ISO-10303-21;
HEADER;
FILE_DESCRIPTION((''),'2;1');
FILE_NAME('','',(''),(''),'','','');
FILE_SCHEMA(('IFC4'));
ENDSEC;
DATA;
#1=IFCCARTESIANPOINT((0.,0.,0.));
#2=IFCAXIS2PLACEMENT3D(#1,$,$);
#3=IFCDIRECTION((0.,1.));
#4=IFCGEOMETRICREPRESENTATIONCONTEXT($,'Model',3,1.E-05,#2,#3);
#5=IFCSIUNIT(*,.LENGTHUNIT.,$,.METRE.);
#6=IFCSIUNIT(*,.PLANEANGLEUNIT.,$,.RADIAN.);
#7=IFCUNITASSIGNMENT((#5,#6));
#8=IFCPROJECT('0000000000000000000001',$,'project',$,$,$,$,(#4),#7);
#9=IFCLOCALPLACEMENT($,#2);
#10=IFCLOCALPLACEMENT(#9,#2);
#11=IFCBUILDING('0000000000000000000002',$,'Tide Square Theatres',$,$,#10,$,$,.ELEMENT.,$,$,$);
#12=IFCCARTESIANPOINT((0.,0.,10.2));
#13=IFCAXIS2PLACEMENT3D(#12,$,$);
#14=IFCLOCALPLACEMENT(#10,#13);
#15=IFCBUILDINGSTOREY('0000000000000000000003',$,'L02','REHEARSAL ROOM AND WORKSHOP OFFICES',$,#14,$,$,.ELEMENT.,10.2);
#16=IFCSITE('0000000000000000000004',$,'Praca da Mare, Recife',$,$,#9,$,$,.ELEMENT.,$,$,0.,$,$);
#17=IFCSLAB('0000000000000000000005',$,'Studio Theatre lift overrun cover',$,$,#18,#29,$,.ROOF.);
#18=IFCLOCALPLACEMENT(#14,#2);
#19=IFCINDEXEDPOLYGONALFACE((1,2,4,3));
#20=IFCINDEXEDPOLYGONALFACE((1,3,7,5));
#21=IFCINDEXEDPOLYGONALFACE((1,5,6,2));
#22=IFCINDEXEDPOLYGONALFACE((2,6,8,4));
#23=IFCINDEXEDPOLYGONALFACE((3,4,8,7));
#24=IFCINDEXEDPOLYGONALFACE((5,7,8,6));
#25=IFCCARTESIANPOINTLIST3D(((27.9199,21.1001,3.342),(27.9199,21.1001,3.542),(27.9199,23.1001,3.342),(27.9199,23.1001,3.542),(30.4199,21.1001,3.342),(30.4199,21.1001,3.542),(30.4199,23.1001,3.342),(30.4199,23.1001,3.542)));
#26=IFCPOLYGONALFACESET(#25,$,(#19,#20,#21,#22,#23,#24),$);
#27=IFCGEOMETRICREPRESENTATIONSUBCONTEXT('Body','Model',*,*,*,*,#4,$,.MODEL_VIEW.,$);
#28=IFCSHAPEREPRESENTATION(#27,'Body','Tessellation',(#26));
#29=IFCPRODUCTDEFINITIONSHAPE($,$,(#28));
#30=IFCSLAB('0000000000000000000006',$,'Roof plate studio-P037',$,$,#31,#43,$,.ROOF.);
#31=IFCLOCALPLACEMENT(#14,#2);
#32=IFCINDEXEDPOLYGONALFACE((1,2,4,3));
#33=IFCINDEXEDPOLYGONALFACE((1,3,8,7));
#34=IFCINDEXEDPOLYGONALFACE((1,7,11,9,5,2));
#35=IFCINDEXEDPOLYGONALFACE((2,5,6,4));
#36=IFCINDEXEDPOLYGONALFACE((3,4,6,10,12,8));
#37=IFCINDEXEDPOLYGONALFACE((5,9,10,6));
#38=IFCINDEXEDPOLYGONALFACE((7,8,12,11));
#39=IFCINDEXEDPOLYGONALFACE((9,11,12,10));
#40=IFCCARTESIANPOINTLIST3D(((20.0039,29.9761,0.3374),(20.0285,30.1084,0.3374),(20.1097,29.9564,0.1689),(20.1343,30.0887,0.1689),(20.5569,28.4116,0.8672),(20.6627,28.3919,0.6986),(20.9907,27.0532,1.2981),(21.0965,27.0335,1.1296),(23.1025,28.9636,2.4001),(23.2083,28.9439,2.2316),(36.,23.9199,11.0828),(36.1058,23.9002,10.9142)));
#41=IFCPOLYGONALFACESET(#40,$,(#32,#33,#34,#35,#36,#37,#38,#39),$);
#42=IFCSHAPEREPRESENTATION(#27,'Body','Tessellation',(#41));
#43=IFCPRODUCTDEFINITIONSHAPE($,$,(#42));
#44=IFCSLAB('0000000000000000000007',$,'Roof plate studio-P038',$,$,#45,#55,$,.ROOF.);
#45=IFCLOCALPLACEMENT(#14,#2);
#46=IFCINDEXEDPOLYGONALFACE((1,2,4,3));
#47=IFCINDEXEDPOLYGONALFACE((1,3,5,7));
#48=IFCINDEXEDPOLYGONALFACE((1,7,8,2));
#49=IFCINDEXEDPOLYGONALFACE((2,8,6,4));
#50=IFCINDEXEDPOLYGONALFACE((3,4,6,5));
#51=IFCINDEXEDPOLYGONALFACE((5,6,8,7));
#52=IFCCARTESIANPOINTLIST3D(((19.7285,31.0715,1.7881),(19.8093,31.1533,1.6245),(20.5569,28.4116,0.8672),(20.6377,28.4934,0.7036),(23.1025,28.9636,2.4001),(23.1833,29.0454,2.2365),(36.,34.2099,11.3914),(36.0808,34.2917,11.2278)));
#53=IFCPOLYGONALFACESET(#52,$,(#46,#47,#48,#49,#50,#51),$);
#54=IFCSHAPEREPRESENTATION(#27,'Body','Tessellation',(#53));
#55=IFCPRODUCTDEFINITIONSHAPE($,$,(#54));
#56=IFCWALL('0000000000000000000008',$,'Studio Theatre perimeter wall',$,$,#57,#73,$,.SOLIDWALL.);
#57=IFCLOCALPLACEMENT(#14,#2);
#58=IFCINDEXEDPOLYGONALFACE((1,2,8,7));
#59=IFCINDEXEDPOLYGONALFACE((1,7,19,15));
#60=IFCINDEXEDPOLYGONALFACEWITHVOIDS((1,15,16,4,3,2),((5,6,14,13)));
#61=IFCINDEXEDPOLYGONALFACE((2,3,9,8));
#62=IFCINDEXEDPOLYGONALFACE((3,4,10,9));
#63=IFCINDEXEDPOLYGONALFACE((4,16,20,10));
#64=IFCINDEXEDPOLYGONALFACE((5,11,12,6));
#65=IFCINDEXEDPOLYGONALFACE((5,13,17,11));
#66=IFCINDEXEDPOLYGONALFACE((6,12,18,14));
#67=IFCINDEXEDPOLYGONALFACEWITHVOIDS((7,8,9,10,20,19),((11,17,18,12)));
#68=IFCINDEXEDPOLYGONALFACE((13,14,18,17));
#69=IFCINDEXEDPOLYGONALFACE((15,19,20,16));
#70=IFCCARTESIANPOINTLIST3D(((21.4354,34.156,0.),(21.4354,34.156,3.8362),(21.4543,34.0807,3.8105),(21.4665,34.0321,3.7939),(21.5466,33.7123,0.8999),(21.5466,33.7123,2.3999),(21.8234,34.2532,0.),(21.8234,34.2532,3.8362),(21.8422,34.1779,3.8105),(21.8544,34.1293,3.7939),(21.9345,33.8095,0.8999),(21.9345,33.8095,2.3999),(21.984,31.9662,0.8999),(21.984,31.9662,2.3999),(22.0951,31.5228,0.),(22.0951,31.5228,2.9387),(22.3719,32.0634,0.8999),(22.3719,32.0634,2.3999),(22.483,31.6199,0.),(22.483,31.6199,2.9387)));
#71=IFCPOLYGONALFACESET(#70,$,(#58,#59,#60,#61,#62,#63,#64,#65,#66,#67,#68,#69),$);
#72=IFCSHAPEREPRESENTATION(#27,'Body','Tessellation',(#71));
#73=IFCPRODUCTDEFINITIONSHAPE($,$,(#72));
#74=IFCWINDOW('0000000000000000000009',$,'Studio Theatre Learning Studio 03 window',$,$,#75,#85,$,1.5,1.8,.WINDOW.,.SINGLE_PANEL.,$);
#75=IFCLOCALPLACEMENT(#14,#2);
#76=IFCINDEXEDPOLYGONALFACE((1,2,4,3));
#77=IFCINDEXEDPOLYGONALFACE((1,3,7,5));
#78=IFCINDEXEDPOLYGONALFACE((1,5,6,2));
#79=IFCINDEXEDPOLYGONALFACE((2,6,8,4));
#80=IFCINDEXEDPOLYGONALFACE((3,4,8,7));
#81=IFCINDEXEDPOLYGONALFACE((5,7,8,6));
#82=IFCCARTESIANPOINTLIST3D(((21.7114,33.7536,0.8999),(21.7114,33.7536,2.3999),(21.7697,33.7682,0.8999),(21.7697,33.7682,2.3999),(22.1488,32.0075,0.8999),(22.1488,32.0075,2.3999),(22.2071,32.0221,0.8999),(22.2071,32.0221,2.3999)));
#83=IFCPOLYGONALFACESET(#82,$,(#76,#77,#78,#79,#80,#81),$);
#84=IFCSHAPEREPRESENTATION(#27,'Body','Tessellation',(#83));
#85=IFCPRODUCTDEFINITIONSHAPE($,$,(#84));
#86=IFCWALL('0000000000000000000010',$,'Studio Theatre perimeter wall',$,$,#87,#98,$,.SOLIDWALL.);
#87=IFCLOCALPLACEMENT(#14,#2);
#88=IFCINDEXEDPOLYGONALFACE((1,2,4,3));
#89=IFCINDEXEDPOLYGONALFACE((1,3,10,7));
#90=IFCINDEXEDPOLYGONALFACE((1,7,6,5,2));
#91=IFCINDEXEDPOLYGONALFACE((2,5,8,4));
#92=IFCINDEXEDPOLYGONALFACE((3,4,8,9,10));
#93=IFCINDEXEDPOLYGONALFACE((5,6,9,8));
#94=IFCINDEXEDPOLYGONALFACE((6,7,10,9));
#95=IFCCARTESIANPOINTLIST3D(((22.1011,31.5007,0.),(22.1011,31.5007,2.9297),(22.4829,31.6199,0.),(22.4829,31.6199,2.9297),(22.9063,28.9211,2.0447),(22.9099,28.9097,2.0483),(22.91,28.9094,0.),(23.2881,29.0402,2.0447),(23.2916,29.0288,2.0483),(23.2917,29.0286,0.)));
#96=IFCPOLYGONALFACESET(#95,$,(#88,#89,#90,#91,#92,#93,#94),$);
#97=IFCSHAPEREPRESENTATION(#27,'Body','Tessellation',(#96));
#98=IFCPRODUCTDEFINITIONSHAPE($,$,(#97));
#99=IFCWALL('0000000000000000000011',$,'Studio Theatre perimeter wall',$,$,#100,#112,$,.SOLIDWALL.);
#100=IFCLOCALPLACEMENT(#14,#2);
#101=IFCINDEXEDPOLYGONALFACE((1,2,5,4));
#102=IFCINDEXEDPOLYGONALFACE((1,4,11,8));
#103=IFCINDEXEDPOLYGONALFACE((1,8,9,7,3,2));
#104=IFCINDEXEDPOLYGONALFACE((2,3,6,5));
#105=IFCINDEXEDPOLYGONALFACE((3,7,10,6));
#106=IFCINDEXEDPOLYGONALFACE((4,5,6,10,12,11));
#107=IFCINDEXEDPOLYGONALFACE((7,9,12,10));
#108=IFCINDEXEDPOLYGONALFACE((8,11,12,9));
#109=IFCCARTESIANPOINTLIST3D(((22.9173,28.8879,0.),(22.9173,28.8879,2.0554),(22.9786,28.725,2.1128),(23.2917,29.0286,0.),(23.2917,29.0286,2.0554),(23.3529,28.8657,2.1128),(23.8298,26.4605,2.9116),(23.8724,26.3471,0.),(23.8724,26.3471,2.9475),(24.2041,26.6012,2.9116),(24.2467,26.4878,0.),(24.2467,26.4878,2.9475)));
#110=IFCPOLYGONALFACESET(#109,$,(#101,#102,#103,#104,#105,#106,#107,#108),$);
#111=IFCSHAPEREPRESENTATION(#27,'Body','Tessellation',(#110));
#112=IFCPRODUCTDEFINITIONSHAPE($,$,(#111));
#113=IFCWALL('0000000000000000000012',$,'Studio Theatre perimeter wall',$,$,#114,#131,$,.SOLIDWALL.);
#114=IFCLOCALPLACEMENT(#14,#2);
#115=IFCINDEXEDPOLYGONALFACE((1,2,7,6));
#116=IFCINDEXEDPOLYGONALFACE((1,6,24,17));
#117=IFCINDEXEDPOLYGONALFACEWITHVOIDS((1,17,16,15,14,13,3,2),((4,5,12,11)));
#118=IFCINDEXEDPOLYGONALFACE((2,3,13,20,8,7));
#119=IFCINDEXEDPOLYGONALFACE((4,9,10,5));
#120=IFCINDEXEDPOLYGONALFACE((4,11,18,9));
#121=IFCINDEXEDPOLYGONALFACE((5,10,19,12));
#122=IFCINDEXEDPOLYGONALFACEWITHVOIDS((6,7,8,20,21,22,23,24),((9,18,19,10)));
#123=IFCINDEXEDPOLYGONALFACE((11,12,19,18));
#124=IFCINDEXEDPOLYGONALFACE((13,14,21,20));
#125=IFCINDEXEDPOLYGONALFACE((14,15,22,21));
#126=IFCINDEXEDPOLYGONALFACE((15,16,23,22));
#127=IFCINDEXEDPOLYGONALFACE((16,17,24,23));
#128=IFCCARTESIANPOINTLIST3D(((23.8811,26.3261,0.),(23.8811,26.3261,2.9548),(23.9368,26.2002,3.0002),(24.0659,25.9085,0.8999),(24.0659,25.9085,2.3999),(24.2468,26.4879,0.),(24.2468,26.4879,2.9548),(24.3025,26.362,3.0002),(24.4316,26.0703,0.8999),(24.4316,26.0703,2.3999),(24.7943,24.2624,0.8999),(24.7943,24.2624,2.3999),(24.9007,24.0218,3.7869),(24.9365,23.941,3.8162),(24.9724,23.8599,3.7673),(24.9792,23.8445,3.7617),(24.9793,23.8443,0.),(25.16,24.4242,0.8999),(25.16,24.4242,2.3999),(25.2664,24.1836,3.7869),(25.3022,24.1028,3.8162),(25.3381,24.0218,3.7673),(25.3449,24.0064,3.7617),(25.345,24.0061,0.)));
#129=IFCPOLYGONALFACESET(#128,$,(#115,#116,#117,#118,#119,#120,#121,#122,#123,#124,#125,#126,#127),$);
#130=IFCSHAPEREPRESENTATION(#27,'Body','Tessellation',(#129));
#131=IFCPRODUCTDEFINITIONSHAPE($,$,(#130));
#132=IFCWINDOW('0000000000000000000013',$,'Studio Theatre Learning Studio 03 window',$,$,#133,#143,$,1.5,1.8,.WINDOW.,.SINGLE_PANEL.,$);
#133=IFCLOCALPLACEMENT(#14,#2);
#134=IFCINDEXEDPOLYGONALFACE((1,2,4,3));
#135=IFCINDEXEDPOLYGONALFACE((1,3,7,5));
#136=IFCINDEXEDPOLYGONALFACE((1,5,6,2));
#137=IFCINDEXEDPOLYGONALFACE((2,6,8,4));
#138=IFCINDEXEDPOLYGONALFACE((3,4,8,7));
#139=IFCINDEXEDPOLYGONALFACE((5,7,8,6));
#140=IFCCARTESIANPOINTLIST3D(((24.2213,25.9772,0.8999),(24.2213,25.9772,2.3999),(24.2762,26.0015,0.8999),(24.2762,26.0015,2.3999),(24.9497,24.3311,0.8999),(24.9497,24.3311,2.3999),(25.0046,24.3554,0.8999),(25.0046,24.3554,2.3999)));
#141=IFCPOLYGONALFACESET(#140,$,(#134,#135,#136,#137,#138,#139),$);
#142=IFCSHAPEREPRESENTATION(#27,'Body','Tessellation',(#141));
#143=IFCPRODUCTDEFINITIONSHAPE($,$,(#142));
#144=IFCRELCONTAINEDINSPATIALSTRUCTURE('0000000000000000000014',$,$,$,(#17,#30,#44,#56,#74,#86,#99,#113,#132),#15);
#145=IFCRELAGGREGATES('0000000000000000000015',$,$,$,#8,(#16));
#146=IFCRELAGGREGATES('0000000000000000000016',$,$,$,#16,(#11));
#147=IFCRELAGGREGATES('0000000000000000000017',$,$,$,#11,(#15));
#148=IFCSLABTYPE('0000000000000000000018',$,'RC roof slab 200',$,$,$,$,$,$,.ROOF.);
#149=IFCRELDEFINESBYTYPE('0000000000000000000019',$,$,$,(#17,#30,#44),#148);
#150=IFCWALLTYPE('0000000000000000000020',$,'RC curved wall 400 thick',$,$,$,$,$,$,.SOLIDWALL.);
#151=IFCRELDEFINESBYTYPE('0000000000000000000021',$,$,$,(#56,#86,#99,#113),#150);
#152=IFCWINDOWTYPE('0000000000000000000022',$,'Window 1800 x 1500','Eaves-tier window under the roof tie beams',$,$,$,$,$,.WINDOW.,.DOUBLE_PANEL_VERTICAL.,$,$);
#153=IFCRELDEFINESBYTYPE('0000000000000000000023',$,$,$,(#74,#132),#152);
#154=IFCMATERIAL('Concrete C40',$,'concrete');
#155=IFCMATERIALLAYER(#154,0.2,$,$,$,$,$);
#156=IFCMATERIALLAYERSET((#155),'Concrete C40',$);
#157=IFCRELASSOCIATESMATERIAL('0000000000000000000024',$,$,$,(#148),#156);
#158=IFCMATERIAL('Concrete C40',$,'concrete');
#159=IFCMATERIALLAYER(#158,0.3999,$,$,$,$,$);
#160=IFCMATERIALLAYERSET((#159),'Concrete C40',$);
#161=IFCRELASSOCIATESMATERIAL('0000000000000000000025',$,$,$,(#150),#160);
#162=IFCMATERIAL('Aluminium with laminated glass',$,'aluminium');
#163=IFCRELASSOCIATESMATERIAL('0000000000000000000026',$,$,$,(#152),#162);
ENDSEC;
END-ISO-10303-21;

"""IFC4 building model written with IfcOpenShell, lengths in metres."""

from ifc_helpers import new_model, si_unit, direction, frame, frame_2d, origin, place, context, subcontext, project, spatial, polyline, rectangle, outline, extrude, material, layer, layer_set, type_object, element, fill, save


model = new_model("IFC4")

# Units and contexts
model_context = context("Model", 3, precision=1e-05, world=origin(), true_north=direction((0.0, 1.0)))
body_context = subcontext(model_context, "Body", "Model", "MODEL_VIEW")
ifc_project = project(units=[si_unit("LENGTHUNIT", "METRE"), si_unit("PLANEANGLEUNIT", "RADIAN")], contexts=[model_context])

# Site, building, storey
site_placement = place(None, origin())
site = spatial("IfcSite", under=ifc_project, at=site_placement, Name="Praca da Mare, Recife", CompositionType="ELEMENT", RefElevation=0.0)
building_placement = place(site_placement, origin())
building = spatial("IfcBuilding", under=site, at=building_placement, Name="Tide Square Theatres", CompositionType="ELEMENT")
storey_placement = place(building_placement, frame((0.0, 0.0, 10.2)))
storey = spatial("IfcBuildingStorey", under=building, at=storey_placement, Name="L02", Description="REHEARSAL ROOM AND WORKSHOP OFFICES", CompositionType="ELEMENT", Elevation=10.2)

# Slabs
ifc_material_1 = material(Name="Concrete C40", Category="concrete")
ifc_layer_1 = layer(ifc_material_1, 0.2)
ifc_layer_set_1 = layer_set([ifc_layer_1], Name="Concrete C40")
slab_type_1 = type_object("IfcSlabType", Name="RC roof slab 200", PredefinedType="ROOF", material=ifc_layer_set_1)
slab_1_placement = place(storey_placement, frame((0.0, 0.0, 3.342)))
element("IfcSlab", 1, at=slab_1_placement, inside=storey, type_object=slab_type_1, Name="Studio Theatre lift overrun cover", PredefinedType="ROOF", context=body_context, shape_type="SweptSolid", body=[
    extrude(outline(polyline([(30.4199, 21.1001), (30.4199, 23.1001), (27.9199, 23.1001), (27.9199, 21.1001), (30.4199, 21.1001)])), origin(), (0.0, 0.0, 1.0), 0.2),
])
slab_2_placement = place(storey_placement, frame((20.9907, 27.0532, 1.2981), z_axis=(-0.528952, 0.098464, 0.842921), x_axis=(0.825189, -0.172265, 0.537948)))
element("IfcSlab", 2, at=slab_2_placement, inside=storey, type_object=slab_type_1, Name="Roof plate studio-P037", PredefinedType="ROOF", context=body_context, shape_type="SweptSolid", body=[
    extrude(outline(polyline([(0.0, 0.0), (18.1889, 0.0), (2.0064, 2.3018), (-0.8238, 1.2412), (-1.8371, 2.7943), (-1.8346, 2.6597), (0.0, 0.0)])), origin(), (0.0, 0.0, -1.0), 0.2),
])
slab_3_placement = place(storey_placement, frame((23.1025, 28.9636, 2.4001), z_axis=(-0.403992, -0.409075, 0.818198), x_axis=(0.778155, 0.316532, 0.542478)))
element("IfcSlab", 3, at=slab_3_placement, inside=storey, type_object=slab_type_1, Name="Roof plate studio-P038", PredefinedType="ROOF", context=body_context, shape_type="SweptSolid", body=[
    extrude(outline(polyline([(0.0, 0.0), (16.5744, 0.0), (-2.2903, 3.31), (-2.9872, 0.4598), (0.0, 0.0)])), origin(), (0.0, 0.0, -1.0), 0.2),
])

# Wall, opening, window
ifc_material_2 = material(Name="Concrete C40", Category="concrete")
ifc_layer_2 = layer(ifc_material_2, 0.3999)
ifc_layer_set_2 = layer_set([ifc_layer_2], Name="Concrete C40")
wall_type = type_object("IfcWallType", Name="RC curved wall 400 thick", PredefinedType="SOLIDWALL", material=ifc_layer_set_2)
wall_1_placement = place(storey_placement, frame((21.6294, 34.2046, 0.0), z_axis=(0.0, 0.0, 1.0), x_axis=(0.243001, -0.970026, 0.0)))
wall_1 = element("IfcWall", 4, at=wall_1_placement, inside=storey, type_object=wall_type, Name="Studio Theatre perimeter wall", PredefinedType="SOLIDWALL", context=body_context, shape_type="SweptSolid", body=[
    extrude(outline(polyline([(0.0, 0.0), (2.7146, 0.0), (2.7146, 2.9387), (0.1277, 3.7939), (0.0776, 3.8105), (0.0, 3.8362), (0.0, 0.0)])), frame((0.0, 0.2, 0.0), z_axis=(0.0, -1.0, 0.0), x_axis=(1.0, 0.0, 0.0)), (0.0, 0.0, 1.0), 0.3999),
])
opening_1_placement = place(wall_1_placement, frame((0.4575, 0.0, 0.8999)))
opening_1 = element("IfcOpeningElement", 5, at=opening_1_placement, cuts=wall_1, PredefinedType="OPENING", context=body_context, shape_type="SweptSolid", body=[
    extrude(rectangle(XDim=1.8, YDim=1.5, at=frame_2d((0.8999, 0.75))), frame((0.0, 0.21, 0.0), z_axis=(0.0, -1.0, 0.0), x_axis=(1.0, 0.0, 0.0)), (0.0, 0.0, 1.0), 0.4199),
])
ifc_material_3 = material(Name="Aluminium with laminated glass", Category="aluminium")
window_type = type_object("IfcWindowType", Name="Window 1800 x 1500", Description="Eaves-tier window under the roof tie beams", PartitioningType="DOUBLE_PANEL_VERTICAL", PredefinedType="WINDOW", material=ifc_material_3)
window_1_placement = place(opening_1_placement, origin())
window_1 = element("IfcWindow", 6, at=window_1_placement, inside=storey, type_object=window_type, Name="Studio Theatre Learning Studio 03 window", OverallHeight=1.5, OverallWidth=1.8, PartitioningType="SINGLE_PANEL", PredefinedType="WINDOW", context=body_context, shape_type="SweptSolid", body=[
    extrude(rectangle(XDim=1.8, YDim=1.5, at=frame_2d((0.8999, 0.75))), frame((0.0, 0.03, 0.0), z_axis=(0.0, -1.0, 0.0), x_axis=(1.0, 0.0, 0.0)), (0.0, 0.0, 1.0), 0.0601),
])
fill(opening_1, window_1)

# Walls
wall_2_placement = place(storey_placement, frame((22.292, 31.5603, 0.0), z_axis=(0.0, 0.0, 1.0), x_axis=(0.297957, -0.954579, 0.0)))
element("IfcWall", 7, at=wall_2_placement, inside=storey, type_object=wall_type, Name="Studio Theatre perimeter wall", PredefinedType="SOLIDWALL", context=body_context, shape_type="SweptSolid", body=[
    extrude(outline(polyline([(0.0, 0.0), (2.7146, 0.0), (2.7144, 2.0483), (2.7024, 2.0447), (0.0, 2.9297), (0.0, 0.0)])), frame((0.0, 0.2, 0.0), z_axis=(0.0, -1.0, 0.0), x_axis=(1.0, 0.0, 0.0)), (0.0, 0.0, 1.0), 0.3999),
])
wall_3_placement = place(storey_placement, frame((23.1045, 28.9583, 0.0), z_axis=(0.0, 0.0, 1.0), x_axis=(0.351863, -0.936052, 0.0)))
element("IfcWall", 8, at=wall_3_placement, inside=storey, type_object=wall_type, Name="Studio Theatre perimeter wall", PredefinedType="SOLIDWALL", context=body_context, shape_type="SweptSolid", body=[
    extrude(outline(polyline([(0.0, 0.0), (2.7144, 0.0), (2.7144, 2.9475), (2.5933, 2.9116), (0.1741, 2.1128), (0.0, 2.0554), (0.0, 0.0)])), frame((0.0, 0.2, 0.0), z_axis=(0.0, -1.0, 0.0), x_axis=(1.0, 0.0, 0.0)), (0.0, 0.0, 1.0), 0.3999),
])

# Wall, opening, window
wall_4_placement = place(storey_placement, frame((24.064, 26.407, 0.0), z_axis=(0.0, 0.0, 1.0), x_axis=(0.404652, -0.914471, 0.0)))
wall_4 = element("IfcWall", 9, at=wall_4_placement, inside=storey, type_object=wall_type, Name="Studio Theatre perimeter wall", PredefinedType="SOLIDWALL", context=body_context, shape_type="SweptSolid", body=[
    extrude(outline(polyline([(0.0, 0.0), (2.7139, 0.0), (2.7136, 3.7617), (2.6968, 3.7673), (2.6082, 3.8162), (2.5198, 3.7869), (0.1377, 3.0002), (0.0, 2.9548), (0.0, 0.0)])), frame((0.0, 0.2, 0.0), z_axis=(0.0, -1.0, 0.0), x_axis=(1.0, 0.0, 0.0)), (0.0, 0.0, 1.0), 0.3999),
])
opening_2_placement = place(wall_4_placement, frame((0.4568, 0.0, 0.8999)))
opening_2 = element("IfcOpeningElement", 10, at=opening_2_placement, cuts=wall_4, PredefinedType="OPENING", context=body_context, shape_type="SweptSolid", body=[
    extrude(rectangle(XDim=1.8, YDim=1.5, at=frame_2d((0.8999, 0.75))), frame((0.0, 0.21, 0.0), z_axis=(0.0, -1.0, 0.0), x_axis=(1.0, 0.0, 0.0)), (0.0, 0.0, 1.0), 0.4199),
])
window_2_placement = place(opening_2_placement, origin())
window_2 = element("IfcWindow", 11, at=window_2_placement, inside=storey, type_object=window_type, Name="Studio Theatre Learning Studio 03 window", OverallHeight=1.5, OverallWidth=1.8, PartitioningType="SINGLE_PANEL", PredefinedType="WINDOW", context=body_context, shape_type="SweptSolid", body=[
    extrude(rectangle(XDim=1.8, YDim=1.5, at=frame_2d((0.8999, 0.75))), frame((0.0, 0.03, 0.0), z_axis=(0.0, -1.0, 0.0), x_axis=(1.0, 0.0, 0.0)), (0.0, 0.0, 1.0), 0.0601),
])
fill(opening_2, window_2)

save(model, "model.ifc")
